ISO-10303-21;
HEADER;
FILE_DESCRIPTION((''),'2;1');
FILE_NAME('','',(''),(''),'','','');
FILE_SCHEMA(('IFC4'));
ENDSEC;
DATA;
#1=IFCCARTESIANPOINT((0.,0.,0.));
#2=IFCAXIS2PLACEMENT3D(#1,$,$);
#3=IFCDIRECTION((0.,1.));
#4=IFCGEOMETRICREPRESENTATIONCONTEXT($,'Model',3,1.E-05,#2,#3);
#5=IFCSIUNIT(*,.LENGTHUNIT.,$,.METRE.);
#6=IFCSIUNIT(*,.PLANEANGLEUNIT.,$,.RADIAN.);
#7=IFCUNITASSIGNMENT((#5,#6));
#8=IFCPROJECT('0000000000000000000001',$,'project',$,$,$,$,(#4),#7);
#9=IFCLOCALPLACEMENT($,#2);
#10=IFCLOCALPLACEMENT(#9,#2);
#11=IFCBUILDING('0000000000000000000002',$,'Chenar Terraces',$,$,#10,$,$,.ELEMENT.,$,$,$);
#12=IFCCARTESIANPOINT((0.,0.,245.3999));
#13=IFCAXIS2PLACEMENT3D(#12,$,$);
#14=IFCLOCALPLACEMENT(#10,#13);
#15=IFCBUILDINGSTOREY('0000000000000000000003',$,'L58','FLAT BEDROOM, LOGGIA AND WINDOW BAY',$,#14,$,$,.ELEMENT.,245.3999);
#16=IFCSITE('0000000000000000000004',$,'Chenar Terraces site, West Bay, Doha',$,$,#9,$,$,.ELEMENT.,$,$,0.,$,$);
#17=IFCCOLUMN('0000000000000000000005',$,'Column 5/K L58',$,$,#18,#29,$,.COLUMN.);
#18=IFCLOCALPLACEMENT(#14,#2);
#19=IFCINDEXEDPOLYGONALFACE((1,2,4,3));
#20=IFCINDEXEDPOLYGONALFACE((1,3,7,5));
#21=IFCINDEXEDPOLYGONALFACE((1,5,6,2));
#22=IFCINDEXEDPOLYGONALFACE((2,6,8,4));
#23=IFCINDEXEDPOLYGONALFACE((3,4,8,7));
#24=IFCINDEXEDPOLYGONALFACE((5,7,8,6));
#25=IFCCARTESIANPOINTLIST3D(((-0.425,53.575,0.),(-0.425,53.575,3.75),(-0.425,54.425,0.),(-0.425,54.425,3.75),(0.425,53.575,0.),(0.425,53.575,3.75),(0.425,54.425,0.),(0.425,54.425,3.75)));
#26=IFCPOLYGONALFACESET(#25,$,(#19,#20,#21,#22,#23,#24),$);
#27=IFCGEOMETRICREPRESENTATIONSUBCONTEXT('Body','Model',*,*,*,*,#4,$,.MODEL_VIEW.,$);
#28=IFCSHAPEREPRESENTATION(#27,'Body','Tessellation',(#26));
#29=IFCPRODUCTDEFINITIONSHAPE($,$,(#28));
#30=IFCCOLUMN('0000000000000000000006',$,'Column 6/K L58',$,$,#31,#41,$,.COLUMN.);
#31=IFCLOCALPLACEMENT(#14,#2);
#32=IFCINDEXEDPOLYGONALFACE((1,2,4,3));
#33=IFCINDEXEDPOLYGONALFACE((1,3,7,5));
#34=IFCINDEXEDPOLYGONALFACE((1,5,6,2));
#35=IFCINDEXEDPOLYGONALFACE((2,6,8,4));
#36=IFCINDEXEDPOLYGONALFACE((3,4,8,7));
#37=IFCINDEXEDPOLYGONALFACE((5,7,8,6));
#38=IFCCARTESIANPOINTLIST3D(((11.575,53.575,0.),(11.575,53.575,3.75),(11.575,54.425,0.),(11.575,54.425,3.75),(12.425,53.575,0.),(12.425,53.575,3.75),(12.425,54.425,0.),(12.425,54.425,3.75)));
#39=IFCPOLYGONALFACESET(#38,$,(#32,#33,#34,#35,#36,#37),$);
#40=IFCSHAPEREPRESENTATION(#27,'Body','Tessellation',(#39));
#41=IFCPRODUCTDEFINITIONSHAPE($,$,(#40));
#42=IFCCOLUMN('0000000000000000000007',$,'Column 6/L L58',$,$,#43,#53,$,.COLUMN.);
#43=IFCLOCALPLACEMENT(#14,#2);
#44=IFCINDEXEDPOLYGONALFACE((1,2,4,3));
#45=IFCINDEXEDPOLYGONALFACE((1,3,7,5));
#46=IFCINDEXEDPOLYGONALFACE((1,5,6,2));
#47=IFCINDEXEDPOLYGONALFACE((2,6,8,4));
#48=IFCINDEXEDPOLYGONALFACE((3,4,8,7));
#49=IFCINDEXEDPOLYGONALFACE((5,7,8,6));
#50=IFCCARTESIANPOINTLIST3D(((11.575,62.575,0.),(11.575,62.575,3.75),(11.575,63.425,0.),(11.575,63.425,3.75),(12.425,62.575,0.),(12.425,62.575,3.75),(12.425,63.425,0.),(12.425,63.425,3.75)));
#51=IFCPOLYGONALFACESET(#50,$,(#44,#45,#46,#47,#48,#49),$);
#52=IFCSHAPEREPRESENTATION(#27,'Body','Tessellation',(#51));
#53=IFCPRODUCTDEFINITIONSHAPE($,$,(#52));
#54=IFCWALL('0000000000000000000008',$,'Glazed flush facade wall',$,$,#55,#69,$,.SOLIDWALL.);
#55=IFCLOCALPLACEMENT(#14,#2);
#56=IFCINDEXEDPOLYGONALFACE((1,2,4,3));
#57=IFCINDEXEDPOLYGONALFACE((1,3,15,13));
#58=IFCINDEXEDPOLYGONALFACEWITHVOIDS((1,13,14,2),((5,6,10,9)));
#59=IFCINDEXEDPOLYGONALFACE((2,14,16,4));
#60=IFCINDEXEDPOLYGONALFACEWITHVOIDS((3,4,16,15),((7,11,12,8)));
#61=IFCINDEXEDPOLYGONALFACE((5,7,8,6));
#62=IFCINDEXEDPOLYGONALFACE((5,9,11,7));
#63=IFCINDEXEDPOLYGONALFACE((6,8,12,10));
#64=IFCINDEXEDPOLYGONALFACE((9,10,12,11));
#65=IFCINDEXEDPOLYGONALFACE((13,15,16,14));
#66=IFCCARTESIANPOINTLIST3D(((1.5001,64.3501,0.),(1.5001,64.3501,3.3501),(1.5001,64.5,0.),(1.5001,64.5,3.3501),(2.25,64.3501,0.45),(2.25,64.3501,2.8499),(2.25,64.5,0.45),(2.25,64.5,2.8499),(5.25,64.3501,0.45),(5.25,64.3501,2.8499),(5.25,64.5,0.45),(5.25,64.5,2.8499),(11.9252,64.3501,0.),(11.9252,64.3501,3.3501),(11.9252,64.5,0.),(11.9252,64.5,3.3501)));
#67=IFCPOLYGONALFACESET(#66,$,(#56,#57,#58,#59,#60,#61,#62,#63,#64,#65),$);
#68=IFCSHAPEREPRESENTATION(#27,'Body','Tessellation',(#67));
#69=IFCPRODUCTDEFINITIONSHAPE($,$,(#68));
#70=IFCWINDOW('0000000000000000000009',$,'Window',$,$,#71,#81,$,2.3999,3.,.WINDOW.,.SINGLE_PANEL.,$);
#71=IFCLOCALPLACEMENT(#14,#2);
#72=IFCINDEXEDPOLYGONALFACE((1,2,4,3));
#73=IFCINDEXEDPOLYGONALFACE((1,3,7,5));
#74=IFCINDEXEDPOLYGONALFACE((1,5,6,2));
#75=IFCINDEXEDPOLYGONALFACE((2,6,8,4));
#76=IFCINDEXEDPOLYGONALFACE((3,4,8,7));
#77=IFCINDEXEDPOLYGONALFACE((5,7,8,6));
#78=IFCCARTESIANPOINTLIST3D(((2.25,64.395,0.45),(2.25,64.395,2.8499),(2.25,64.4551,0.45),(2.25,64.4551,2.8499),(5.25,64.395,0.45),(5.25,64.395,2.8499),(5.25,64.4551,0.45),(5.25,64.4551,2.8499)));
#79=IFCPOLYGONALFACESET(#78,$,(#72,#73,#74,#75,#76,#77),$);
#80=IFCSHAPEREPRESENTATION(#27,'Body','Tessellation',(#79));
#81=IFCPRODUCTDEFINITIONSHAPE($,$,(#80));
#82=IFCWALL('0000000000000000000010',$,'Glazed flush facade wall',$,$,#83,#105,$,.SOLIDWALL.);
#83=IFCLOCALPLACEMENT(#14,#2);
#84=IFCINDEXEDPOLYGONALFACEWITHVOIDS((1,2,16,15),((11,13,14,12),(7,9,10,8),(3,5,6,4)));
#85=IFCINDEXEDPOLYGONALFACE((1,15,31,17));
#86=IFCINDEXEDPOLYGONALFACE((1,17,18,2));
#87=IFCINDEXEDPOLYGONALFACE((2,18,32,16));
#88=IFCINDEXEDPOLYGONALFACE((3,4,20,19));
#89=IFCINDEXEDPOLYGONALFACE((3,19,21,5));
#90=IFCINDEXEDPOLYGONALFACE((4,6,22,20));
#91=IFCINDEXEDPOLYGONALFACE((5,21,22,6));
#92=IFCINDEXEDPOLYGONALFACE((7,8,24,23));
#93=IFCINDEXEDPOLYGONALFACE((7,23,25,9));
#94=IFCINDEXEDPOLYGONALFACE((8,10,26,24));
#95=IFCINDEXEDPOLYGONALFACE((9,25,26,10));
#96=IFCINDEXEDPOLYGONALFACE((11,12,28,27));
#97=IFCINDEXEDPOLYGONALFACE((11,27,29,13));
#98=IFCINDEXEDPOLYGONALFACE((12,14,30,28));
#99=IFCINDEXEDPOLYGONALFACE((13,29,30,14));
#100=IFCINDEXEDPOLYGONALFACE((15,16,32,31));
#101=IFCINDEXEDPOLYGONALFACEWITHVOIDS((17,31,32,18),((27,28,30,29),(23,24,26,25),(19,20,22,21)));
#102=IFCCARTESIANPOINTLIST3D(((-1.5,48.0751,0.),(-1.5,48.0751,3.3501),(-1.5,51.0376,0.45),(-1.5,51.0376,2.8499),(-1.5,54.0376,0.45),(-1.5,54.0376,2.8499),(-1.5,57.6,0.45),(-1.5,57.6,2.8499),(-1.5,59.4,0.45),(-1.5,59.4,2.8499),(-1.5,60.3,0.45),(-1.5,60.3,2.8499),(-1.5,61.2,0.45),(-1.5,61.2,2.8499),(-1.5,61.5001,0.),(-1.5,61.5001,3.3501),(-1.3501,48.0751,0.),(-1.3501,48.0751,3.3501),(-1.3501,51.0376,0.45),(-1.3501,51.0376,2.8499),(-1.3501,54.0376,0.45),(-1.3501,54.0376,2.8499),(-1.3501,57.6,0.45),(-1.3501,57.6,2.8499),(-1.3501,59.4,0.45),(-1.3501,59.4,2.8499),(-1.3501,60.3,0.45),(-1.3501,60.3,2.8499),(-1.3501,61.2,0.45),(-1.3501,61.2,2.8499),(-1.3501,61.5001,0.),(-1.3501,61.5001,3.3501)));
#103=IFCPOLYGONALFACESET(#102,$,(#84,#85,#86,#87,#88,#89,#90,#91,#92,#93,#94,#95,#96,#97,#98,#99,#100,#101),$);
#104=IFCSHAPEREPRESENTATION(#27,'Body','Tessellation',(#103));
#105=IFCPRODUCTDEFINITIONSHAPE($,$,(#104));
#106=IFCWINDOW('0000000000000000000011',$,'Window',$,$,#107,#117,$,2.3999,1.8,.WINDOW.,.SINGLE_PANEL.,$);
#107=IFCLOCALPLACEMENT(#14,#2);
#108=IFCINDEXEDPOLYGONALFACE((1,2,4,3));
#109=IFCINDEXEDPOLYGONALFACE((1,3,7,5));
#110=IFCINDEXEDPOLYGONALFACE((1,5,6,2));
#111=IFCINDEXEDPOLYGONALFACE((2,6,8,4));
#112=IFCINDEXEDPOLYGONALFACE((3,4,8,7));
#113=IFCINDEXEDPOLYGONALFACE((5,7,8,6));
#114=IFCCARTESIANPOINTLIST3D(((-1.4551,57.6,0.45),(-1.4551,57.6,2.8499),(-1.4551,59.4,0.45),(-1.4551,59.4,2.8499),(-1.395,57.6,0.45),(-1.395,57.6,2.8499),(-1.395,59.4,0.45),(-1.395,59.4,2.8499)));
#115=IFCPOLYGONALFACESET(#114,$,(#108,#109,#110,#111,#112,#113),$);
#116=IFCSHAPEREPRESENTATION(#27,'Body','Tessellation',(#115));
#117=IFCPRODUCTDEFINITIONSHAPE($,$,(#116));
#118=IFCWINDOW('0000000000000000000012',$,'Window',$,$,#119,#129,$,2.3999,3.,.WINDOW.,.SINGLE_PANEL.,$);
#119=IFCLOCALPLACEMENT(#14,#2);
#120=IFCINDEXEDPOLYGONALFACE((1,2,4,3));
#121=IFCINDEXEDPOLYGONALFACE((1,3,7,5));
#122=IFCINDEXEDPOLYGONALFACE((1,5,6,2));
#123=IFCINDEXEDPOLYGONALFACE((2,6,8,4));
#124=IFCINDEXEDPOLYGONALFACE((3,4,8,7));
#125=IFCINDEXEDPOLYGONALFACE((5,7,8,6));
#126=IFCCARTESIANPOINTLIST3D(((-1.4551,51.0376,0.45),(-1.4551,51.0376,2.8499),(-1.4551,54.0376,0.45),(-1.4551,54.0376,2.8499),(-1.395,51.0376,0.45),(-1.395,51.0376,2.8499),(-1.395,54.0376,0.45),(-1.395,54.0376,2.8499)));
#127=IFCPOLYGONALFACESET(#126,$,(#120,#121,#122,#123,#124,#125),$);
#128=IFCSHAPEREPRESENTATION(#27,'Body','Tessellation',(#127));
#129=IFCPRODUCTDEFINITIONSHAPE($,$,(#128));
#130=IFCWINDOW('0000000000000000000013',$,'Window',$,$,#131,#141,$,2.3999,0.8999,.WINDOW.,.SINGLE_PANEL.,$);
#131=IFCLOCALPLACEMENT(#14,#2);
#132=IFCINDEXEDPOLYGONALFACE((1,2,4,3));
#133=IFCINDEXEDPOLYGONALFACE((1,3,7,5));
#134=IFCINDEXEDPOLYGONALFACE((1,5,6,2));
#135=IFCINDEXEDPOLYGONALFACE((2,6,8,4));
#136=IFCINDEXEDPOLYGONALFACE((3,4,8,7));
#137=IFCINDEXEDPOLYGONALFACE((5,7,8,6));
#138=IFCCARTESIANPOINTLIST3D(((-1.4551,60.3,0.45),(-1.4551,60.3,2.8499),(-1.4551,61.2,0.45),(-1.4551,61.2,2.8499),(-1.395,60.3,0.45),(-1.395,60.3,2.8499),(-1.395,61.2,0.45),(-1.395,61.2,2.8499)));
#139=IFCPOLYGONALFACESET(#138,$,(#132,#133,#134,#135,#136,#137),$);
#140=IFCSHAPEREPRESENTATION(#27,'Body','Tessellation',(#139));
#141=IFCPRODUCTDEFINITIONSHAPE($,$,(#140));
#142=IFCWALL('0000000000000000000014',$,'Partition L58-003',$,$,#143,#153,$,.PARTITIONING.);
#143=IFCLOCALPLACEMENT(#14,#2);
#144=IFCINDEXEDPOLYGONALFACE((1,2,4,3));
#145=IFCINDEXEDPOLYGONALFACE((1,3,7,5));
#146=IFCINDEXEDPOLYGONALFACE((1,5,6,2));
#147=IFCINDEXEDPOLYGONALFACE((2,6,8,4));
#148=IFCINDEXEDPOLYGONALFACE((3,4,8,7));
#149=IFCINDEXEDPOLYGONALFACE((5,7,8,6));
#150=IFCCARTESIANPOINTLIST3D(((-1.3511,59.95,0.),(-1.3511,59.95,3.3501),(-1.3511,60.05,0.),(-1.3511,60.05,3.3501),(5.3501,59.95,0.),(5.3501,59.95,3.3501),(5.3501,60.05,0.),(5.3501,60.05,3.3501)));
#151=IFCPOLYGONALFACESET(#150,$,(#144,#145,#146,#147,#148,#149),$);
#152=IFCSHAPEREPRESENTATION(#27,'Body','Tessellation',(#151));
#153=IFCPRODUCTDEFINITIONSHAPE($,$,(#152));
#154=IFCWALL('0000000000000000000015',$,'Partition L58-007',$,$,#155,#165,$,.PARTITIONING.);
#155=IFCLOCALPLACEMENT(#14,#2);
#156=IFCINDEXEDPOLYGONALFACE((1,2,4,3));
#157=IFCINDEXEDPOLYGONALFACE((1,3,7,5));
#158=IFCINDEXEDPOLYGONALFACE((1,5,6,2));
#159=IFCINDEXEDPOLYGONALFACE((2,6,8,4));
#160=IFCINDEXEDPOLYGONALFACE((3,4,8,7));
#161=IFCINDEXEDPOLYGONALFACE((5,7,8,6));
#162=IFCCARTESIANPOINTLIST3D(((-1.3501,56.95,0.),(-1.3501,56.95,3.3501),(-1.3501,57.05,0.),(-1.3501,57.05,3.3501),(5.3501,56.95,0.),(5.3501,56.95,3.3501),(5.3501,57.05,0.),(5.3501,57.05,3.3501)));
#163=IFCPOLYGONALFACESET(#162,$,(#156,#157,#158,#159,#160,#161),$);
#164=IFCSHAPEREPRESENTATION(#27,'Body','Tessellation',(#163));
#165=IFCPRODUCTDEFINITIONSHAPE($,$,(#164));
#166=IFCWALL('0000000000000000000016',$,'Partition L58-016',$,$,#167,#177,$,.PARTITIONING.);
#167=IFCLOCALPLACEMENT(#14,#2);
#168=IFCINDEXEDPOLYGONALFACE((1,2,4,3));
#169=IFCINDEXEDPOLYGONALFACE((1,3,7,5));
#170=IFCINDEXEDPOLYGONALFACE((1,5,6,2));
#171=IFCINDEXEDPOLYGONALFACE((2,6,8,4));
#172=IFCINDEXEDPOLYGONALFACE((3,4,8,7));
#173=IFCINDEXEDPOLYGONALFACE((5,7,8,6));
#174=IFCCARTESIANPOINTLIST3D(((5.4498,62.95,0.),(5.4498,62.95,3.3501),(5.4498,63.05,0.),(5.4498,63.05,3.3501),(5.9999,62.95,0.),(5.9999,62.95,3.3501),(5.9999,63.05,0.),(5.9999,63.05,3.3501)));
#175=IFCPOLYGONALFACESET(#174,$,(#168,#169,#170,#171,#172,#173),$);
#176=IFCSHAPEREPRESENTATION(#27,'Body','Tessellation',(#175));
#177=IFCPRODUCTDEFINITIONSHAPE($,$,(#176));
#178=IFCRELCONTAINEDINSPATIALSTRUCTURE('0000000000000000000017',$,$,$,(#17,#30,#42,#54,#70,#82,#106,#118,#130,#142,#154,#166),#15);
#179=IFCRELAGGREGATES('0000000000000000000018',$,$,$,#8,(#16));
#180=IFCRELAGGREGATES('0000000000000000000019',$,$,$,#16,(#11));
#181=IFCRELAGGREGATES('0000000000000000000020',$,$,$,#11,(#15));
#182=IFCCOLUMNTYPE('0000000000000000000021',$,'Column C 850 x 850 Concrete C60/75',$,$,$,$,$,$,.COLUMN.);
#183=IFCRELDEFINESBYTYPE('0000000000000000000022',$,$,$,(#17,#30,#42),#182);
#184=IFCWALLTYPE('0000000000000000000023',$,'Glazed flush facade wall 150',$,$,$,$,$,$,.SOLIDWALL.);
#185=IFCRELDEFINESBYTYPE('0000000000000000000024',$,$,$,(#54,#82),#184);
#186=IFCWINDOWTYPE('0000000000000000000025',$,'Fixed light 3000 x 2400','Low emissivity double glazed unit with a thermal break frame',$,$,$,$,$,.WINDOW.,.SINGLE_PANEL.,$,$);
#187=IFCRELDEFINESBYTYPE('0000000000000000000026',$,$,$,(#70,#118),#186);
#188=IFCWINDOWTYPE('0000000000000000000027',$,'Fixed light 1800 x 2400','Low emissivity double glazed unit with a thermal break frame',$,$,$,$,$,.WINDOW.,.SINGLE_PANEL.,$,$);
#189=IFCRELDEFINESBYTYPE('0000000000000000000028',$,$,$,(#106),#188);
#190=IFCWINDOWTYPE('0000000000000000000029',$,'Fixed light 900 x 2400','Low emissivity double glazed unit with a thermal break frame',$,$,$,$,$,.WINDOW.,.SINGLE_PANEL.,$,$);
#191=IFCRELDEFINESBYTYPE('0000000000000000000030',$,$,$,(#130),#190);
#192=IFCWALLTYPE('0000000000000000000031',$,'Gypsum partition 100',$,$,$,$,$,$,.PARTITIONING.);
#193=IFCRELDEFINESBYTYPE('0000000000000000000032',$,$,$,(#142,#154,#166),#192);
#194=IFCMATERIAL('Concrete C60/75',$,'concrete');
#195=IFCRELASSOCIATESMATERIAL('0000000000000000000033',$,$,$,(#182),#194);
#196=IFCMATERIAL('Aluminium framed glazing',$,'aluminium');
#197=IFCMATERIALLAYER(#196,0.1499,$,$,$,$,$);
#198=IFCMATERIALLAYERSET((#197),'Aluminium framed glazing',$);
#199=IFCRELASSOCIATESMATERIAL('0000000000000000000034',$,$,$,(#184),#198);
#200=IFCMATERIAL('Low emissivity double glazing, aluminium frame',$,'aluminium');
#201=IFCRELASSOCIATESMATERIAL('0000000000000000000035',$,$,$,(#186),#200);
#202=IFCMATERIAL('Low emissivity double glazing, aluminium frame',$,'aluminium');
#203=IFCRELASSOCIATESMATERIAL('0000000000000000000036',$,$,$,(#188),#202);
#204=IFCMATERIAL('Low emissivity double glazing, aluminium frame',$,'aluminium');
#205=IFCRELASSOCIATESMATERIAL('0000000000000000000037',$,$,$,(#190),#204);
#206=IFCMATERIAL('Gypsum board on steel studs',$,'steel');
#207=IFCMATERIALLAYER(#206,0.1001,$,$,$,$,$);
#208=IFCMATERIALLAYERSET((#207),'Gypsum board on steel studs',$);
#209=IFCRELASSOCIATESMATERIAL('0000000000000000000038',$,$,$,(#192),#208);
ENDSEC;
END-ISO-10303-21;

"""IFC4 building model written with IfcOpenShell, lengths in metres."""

from ifc_helpers import new_model, si_unit, direction, frame, frame_2d, origin, origin_2d, place, context, subcontext, project, spatial, rectangle, extrude, material, layer, layer_set, material_profile, profile_set, type_object, element, fill, save


model = new_model("IFC4")

# Units and contexts
model_context = context("Model", 3, precision=1e-05, world=origin(), true_north=direction((0.0, 1.0)))
body_context = subcontext(model_context, "Body", "Model", "MODEL_VIEW")
ifc_project = project(units=[si_unit("LENGTHUNIT", "METRE"), si_unit("PLANEANGLEUNIT", "RADIAN")], contexts=[model_context])

# Site, building, storey
site_placement = place(None, origin())
site = spatial("IfcSite", under=ifc_project, at=site_placement, Name="Chenar Terraces site, West Bay, Doha", CompositionType="ELEMENT", RefElevation=0.0)
building_placement = place(site_placement, origin())
building = spatial("IfcBuilding", under=site, at=building_placement, Name="Chenar Terraces", CompositionType="ELEMENT")
storey_placement = place(building_placement, frame((0.0, 0.0, 245.3999)))
storey = spatial("IfcBuildingStorey", under=building, at=storey_placement, Name="L58", Description="FLAT BEDROOM, LOGGIA AND WINDOW BAY", CompositionType="ELEMENT", Elevation=245.3999)

# Columns
ifc_material_1 = material(Name="Concrete C60/75", Category="concrete")
ifc_material_profile_1 = material_profile(ifc_material_1, rectangle(XDim=0.8501, YDim=0.8501, at=origin_2d()), Name="C 850 x 850")
ifc_profile_set_1 = profile_set([ifc_material_profile_1], Name="Concrete C60/75")
column_type = type_object("IfcColumnType", Name="Column C 850 x 850 Concrete C60/75", PredefinedType="COLUMN", material=ifc_profile_set_1)
for number, where, z_axis, x_axis, name in (
    (1, (0.0, 54.0, 0.0), (0.0, 0.0, 1.0), (1.0, 0.0, 0.0), "Column 5/K L58"),
    (2, (12.0, 54.0, 0.0), (0.0, 0.0, 1.0), (1.0, 0.0, 0.0), "Column 6/K L58"),
    (3, (12.0, 63.0, 0.0), (0.0, 0.0, 1.0), (1.0, 0.0, 0.0), "Column 6/L L58"),
):
    element("IfcColumn", number, at=place(storey_placement, frame(where, z_axis=z_axis, x_axis=x_axis)), inside=storey, type_object=column_type, Name=name, PredefinedType="COLUMN", context=body_context, shape_type="SweptSolid", body=[
        extrude(rectangle(XDim=0.8501, YDim=0.8501, at=origin_2d()), origin(), (0.0, 0.0, 1.0), 3.75),
    ])

# Wall, opening, window
ifc_material_2 = material(Name="Aluminium framed glazing", Category="aluminium")
ifc_layer_1 = layer(ifc_material_2, 0.1499)
ifc_layer_set_1 = layer_set([ifc_layer_1], Name="Aluminium framed glazing")
wall_type_1 = type_object("IfcWallType", Name="Glazed flush facade wall 150", PredefinedType="SOLIDWALL", material=ifc_layer_set_1)
wall_1_placement = place(storey_placement, frame((11.925, 64.425, 0.0), z_axis=(0.0, 0.0, 1.0), x_axis=(-1.0, 0.0, 0.0)))
wall_1 = element("IfcWall", 4, at=wall_1_placement, inside=storey, type_object=wall_type_1, Name="Glazed flush facade wall", PredefinedType="SOLIDWALL", context=body_context, shape_type="SweptSolid", body=[
    extrude(rectangle(XDim=10.425, YDim=0.1499, at=frame_2d((5.2124, 0.0))), origin(), (0.0, 0.0, 1.0), 3.3501),
])
opening_1_placement = place(wall_1_placement, frame((6.675, 0.0, 0.45)))
opening_1 = element("IfcOpeningElement", 5, at=opening_1_placement, cuts=wall_1, PredefinedType="OPENING", context=body_context, shape_type="SweptSolid", body=[
    extrude(rectangle(XDim=3.0, YDim=2.3999, at=frame_2d((1.5, 1.2))), frame((0.0, 0.085, 0.0), z_axis=(0.0, -1.0, 0.0), x_axis=(1.0, 0.0, 0.0)), (0.0, 0.0, 1.0), 0.1699),
])
ifc_material_3 = material(Name="Low emissivity double glazing, aluminium frame", Category="aluminium")
window_type_1 = type_object("IfcWindowType", Name="Fixed light 3000 x 2400", Description="Low emissivity double glazed unit with a thermal break frame", PartitioningType="SINGLE_PANEL", PredefinedType="WINDOW", material=ifc_material_3)
window_1_placement = place(opening_1_placement, origin())
window_1 = element("IfcWindow", 6, at=window_1_placement, inside=storey, type_object=window_type_1, Name="Window", OverallHeight=2.3999, OverallWidth=3.0, PartitioningType="SINGLE_PANEL", PredefinedType="WINDOW", context=body_context, shape_type="SweptSolid", body=[
    extrude(rectangle(XDim=3.0, YDim=2.3999, at=frame_2d((1.5, 1.2))), frame((0.0, 0.03, 0.0), z_axis=(0.0, -1.0, 0.0), x_axis=(1.0, 0.0, 0.0)), (0.0, 0.0, 1.0), 0.0601),
])
fill(opening_1, window_1)

# Wall, openings, windows
wall_2_placement = place(storey_placement, frame((-1.425, 61.5, 0.0), z_axis=(0.0, 0.0, 1.0), x_axis=(0.0, -1.0, 0.0)))
wall_2 = element("IfcWall", 7, at=wall_2_placement, inside=storey, type_object=wall_type_1, Name="Glazed flush facade wall", PredefinedType="SOLIDWALL", context=body_context, shape_type="SweptSolid", body=[
    extrude(rectangle(XDim=13.425, YDim=0.1499, at=frame_2d((6.7124, 0.0))), origin(), (0.0, 0.0, 1.0), 3.3501),
])
opening_2_placement = place(wall_2_placement, frame((0.3, 0.0, 0.45)))
opening_2 = element("IfcOpeningElement", 8, at=opening_2_placement, cuts=wall_2, PredefinedType="OPENING", context=body_context, shape_type="SweptSolid", body=[
    extrude(rectangle(XDim=0.8999, YDim=2.3999, at=frame_2d((0.45, 1.2))), frame((0.0, 0.085, 0.0), z_axis=(0.0, -1.0, 0.0), x_axis=(1.0, 0.0, 0.0)), (0.0, 0.0, 1.0), 0.1699),
])
opening_3_placement = place(wall_2_placement, frame((2.1001, 0.0, 0.45)))
opening_3 = element("IfcOpeningElement", 9, at=opening_3_placement, cuts=wall_2, PredefinedType="OPENING", context=body_context, shape_type="SweptSolid", body=[
    extrude(rectangle(XDim=1.8, YDim=2.3999, at=frame_2d((0.8999, 1.2))), frame((0.0, 0.085, 0.0), z_axis=(0.0, -1.0, 0.0), x_axis=(1.0, 0.0, 0.0)), (0.0, 0.0, 1.0), 0.1699),
])
opening_4_placement = place(wall_2_placement, frame((7.4624, 0.0, 0.45)))
opening_4 = element("IfcOpeningElement", 10, at=opening_4_placement, cuts=wall_2, PredefinedType="OPENING", context=body_context, shape_type="SweptSolid", body=[
    extrude(rectangle(XDim=3.0, YDim=2.3999, at=frame_2d((1.5, 1.2))), frame((0.0, 0.085, 0.0), z_axis=(0.0, -1.0, 0.0), x_axis=(1.0, 0.0, 0.0)), (0.0, 0.0, 1.0), 0.1699),
])
ifc_material_4 = material(Name="Low emissivity double glazing, aluminium frame", Category="aluminium")
window_type_2 = type_object("IfcWindowType", Name="Fixed light 1800 x 2400", Description="Low emissivity double glazed unit with a thermal break frame", PartitioningType="SINGLE_PANEL", PredefinedType="WINDOW", material=ifc_material_4)
window_2_placement = place(opening_3_placement, origin())
window_2 = element("IfcWindow", 11, at=window_2_placement, inside=storey, type_object=window_type_2, Name="Window", OverallHeight=2.3999, OverallWidth=1.8, PartitioningType="SINGLE_PANEL", PredefinedType="WINDOW", context=body_context, shape_type="SweptSolid", body=[
    extrude(rectangle(XDim=1.8, YDim=2.3999, at=frame_2d((0.8999, 1.2))), frame((0.0, 0.03, 0.0), z_axis=(0.0, -1.0, 0.0), x_axis=(1.0, 0.0, 0.0)), (0.0, 0.0, 1.0), 0.0601),
])
fill(opening_3, window_2)
window_3_placement = place(opening_4_placement, origin())
window_3 = element("IfcWindow", 12, at=window_3_placement, inside=storey, type_object=window_type_1, Name="Window", OverallHeight=2.3999, OverallWidth=3.0, PartitioningType="SINGLE_PANEL", PredefinedType="WINDOW", context=body_context, shape_type="SweptSolid", body=[
    extrude(rectangle(XDim=3.0, YDim=2.3999, at=frame_2d((1.5, 1.2))), frame((0.0, 0.03, 0.0), z_axis=(0.0, -1.0, 0.0), x_axis=(1.0, 0.0, 0.0)), (0.0, 0.0, 1.0), 0.0601),
])
fill(opening_4, window_3)
ifc_material_5 = material(Name="Low emissivity double glazing, aluminium frame", Category="aluminium")
window_type_3 = type_object("IfcWindowType", Name="Fixed light 900 x 2400", Description="Low emissivity double glazed unit with a thermal break frame", PartitioningType="SINGLE_PANEL", PredefinedType="WINDOW", material=ifc_material_5)
window_4_placement = place(opening_2_placement, origin())
window_4 = element("IfcWindow", 13, at=window_4_placement, inside=storey, type_object=window_type_3, Name="Window", OverallHeight=2.3999, OverallWidth=0.8999, PartitioningType="SINGLE_PANEL", PredefinedType="WINDOW", context=body_context, shape_type="SweptSolid", body=[
    extrude(rectangle(XDim=0.8999, YDim=2.3999, at=frame_2d((0.45, 1.2))), frame((0.0, 0.03, 0.0), z_axis=(0.0, -1.0, 0.0), x_axis=(1.0, 0.0, 0.0)), (0.0, 0.0, 1.0), 0.0601),
])
fill(opening_2, window_4)

# Walls
ifc_material_6 = material(Name="Gypsum board on steel studs", Category="steel")
ifc_layer_2 = layer(ifc_material_6, 0.1001)
ifc_layer_set_2 = layer_set([ifc_layer_2], Name="Gypsum board on steel studs")
wall_type_2 = type_object("IfcWallType", Name="Gypsum partition 100", PredefinedType="PARTITIONING", material=ifc_layer_set_2)
wall_3_placement = place(storey_placement, frame((-1.3511, 60.0, 0.0), z_axis=(0.0, 0.0, 1.0), x_axis=(1.0, 0.0, 0.0)))
element("IfcWall", 14, at=wall_3_placement, inside=storey, type_object=wall_type_2, Name="Partition L58-003", PredefinedType="PARTITIONING", context=body_context, shape_type="SweptSolid", body=[
    extrude(rectangle(XDim=6.7012, YDim=0.1001, at=frame_2d((3.3506, 0.0))), origin(), (0.0, 0.0, 1.0), 3.3501),
])
wall_4_placement = place(storey_placement, frame((-1.3501, 57.0, 0.0), z_axis=(0.0, 0.0, 1.0), x_axis=(1.0, 0.0, 0.0)))
element("IfcWall", 15, at=wall_4_placement, inside=storey, type_object=wall_type_2, Name="Partition L58-007", PredefinedType="PARTITIONING", context=body_context, shape_type="SweptSolid", body=[
    extrude(rectangle(XDim=6.7002, YDim=0.1001, at=frame_2d((3.3501, 0.0))), origin(), (0.0, 0.0, 1.0), 3.3501),
])
wall_5_placement = place(storey_placement, frame((5.45, 63.0, 0.0), z_axis=(0.0, 0.0, 1.0), x_axis=(1.0, 0.0, 0.0)))
element("IfcWall", 16, at=wall_5_placement, inside=storey, type_object=wall_type_2, Name="Partition L58-016", PredefinedType="PARTITIONING", context=body_context, shape_type="SweptSolid", body=[
    extrude(rectangle(XDim=0.55, YDim=0.1001, at=frame_2d((0.2749, 0.0))), origin(), (0.0, 0.0, 1.0), 3.3501),
])

save(model, "model.ifc")
